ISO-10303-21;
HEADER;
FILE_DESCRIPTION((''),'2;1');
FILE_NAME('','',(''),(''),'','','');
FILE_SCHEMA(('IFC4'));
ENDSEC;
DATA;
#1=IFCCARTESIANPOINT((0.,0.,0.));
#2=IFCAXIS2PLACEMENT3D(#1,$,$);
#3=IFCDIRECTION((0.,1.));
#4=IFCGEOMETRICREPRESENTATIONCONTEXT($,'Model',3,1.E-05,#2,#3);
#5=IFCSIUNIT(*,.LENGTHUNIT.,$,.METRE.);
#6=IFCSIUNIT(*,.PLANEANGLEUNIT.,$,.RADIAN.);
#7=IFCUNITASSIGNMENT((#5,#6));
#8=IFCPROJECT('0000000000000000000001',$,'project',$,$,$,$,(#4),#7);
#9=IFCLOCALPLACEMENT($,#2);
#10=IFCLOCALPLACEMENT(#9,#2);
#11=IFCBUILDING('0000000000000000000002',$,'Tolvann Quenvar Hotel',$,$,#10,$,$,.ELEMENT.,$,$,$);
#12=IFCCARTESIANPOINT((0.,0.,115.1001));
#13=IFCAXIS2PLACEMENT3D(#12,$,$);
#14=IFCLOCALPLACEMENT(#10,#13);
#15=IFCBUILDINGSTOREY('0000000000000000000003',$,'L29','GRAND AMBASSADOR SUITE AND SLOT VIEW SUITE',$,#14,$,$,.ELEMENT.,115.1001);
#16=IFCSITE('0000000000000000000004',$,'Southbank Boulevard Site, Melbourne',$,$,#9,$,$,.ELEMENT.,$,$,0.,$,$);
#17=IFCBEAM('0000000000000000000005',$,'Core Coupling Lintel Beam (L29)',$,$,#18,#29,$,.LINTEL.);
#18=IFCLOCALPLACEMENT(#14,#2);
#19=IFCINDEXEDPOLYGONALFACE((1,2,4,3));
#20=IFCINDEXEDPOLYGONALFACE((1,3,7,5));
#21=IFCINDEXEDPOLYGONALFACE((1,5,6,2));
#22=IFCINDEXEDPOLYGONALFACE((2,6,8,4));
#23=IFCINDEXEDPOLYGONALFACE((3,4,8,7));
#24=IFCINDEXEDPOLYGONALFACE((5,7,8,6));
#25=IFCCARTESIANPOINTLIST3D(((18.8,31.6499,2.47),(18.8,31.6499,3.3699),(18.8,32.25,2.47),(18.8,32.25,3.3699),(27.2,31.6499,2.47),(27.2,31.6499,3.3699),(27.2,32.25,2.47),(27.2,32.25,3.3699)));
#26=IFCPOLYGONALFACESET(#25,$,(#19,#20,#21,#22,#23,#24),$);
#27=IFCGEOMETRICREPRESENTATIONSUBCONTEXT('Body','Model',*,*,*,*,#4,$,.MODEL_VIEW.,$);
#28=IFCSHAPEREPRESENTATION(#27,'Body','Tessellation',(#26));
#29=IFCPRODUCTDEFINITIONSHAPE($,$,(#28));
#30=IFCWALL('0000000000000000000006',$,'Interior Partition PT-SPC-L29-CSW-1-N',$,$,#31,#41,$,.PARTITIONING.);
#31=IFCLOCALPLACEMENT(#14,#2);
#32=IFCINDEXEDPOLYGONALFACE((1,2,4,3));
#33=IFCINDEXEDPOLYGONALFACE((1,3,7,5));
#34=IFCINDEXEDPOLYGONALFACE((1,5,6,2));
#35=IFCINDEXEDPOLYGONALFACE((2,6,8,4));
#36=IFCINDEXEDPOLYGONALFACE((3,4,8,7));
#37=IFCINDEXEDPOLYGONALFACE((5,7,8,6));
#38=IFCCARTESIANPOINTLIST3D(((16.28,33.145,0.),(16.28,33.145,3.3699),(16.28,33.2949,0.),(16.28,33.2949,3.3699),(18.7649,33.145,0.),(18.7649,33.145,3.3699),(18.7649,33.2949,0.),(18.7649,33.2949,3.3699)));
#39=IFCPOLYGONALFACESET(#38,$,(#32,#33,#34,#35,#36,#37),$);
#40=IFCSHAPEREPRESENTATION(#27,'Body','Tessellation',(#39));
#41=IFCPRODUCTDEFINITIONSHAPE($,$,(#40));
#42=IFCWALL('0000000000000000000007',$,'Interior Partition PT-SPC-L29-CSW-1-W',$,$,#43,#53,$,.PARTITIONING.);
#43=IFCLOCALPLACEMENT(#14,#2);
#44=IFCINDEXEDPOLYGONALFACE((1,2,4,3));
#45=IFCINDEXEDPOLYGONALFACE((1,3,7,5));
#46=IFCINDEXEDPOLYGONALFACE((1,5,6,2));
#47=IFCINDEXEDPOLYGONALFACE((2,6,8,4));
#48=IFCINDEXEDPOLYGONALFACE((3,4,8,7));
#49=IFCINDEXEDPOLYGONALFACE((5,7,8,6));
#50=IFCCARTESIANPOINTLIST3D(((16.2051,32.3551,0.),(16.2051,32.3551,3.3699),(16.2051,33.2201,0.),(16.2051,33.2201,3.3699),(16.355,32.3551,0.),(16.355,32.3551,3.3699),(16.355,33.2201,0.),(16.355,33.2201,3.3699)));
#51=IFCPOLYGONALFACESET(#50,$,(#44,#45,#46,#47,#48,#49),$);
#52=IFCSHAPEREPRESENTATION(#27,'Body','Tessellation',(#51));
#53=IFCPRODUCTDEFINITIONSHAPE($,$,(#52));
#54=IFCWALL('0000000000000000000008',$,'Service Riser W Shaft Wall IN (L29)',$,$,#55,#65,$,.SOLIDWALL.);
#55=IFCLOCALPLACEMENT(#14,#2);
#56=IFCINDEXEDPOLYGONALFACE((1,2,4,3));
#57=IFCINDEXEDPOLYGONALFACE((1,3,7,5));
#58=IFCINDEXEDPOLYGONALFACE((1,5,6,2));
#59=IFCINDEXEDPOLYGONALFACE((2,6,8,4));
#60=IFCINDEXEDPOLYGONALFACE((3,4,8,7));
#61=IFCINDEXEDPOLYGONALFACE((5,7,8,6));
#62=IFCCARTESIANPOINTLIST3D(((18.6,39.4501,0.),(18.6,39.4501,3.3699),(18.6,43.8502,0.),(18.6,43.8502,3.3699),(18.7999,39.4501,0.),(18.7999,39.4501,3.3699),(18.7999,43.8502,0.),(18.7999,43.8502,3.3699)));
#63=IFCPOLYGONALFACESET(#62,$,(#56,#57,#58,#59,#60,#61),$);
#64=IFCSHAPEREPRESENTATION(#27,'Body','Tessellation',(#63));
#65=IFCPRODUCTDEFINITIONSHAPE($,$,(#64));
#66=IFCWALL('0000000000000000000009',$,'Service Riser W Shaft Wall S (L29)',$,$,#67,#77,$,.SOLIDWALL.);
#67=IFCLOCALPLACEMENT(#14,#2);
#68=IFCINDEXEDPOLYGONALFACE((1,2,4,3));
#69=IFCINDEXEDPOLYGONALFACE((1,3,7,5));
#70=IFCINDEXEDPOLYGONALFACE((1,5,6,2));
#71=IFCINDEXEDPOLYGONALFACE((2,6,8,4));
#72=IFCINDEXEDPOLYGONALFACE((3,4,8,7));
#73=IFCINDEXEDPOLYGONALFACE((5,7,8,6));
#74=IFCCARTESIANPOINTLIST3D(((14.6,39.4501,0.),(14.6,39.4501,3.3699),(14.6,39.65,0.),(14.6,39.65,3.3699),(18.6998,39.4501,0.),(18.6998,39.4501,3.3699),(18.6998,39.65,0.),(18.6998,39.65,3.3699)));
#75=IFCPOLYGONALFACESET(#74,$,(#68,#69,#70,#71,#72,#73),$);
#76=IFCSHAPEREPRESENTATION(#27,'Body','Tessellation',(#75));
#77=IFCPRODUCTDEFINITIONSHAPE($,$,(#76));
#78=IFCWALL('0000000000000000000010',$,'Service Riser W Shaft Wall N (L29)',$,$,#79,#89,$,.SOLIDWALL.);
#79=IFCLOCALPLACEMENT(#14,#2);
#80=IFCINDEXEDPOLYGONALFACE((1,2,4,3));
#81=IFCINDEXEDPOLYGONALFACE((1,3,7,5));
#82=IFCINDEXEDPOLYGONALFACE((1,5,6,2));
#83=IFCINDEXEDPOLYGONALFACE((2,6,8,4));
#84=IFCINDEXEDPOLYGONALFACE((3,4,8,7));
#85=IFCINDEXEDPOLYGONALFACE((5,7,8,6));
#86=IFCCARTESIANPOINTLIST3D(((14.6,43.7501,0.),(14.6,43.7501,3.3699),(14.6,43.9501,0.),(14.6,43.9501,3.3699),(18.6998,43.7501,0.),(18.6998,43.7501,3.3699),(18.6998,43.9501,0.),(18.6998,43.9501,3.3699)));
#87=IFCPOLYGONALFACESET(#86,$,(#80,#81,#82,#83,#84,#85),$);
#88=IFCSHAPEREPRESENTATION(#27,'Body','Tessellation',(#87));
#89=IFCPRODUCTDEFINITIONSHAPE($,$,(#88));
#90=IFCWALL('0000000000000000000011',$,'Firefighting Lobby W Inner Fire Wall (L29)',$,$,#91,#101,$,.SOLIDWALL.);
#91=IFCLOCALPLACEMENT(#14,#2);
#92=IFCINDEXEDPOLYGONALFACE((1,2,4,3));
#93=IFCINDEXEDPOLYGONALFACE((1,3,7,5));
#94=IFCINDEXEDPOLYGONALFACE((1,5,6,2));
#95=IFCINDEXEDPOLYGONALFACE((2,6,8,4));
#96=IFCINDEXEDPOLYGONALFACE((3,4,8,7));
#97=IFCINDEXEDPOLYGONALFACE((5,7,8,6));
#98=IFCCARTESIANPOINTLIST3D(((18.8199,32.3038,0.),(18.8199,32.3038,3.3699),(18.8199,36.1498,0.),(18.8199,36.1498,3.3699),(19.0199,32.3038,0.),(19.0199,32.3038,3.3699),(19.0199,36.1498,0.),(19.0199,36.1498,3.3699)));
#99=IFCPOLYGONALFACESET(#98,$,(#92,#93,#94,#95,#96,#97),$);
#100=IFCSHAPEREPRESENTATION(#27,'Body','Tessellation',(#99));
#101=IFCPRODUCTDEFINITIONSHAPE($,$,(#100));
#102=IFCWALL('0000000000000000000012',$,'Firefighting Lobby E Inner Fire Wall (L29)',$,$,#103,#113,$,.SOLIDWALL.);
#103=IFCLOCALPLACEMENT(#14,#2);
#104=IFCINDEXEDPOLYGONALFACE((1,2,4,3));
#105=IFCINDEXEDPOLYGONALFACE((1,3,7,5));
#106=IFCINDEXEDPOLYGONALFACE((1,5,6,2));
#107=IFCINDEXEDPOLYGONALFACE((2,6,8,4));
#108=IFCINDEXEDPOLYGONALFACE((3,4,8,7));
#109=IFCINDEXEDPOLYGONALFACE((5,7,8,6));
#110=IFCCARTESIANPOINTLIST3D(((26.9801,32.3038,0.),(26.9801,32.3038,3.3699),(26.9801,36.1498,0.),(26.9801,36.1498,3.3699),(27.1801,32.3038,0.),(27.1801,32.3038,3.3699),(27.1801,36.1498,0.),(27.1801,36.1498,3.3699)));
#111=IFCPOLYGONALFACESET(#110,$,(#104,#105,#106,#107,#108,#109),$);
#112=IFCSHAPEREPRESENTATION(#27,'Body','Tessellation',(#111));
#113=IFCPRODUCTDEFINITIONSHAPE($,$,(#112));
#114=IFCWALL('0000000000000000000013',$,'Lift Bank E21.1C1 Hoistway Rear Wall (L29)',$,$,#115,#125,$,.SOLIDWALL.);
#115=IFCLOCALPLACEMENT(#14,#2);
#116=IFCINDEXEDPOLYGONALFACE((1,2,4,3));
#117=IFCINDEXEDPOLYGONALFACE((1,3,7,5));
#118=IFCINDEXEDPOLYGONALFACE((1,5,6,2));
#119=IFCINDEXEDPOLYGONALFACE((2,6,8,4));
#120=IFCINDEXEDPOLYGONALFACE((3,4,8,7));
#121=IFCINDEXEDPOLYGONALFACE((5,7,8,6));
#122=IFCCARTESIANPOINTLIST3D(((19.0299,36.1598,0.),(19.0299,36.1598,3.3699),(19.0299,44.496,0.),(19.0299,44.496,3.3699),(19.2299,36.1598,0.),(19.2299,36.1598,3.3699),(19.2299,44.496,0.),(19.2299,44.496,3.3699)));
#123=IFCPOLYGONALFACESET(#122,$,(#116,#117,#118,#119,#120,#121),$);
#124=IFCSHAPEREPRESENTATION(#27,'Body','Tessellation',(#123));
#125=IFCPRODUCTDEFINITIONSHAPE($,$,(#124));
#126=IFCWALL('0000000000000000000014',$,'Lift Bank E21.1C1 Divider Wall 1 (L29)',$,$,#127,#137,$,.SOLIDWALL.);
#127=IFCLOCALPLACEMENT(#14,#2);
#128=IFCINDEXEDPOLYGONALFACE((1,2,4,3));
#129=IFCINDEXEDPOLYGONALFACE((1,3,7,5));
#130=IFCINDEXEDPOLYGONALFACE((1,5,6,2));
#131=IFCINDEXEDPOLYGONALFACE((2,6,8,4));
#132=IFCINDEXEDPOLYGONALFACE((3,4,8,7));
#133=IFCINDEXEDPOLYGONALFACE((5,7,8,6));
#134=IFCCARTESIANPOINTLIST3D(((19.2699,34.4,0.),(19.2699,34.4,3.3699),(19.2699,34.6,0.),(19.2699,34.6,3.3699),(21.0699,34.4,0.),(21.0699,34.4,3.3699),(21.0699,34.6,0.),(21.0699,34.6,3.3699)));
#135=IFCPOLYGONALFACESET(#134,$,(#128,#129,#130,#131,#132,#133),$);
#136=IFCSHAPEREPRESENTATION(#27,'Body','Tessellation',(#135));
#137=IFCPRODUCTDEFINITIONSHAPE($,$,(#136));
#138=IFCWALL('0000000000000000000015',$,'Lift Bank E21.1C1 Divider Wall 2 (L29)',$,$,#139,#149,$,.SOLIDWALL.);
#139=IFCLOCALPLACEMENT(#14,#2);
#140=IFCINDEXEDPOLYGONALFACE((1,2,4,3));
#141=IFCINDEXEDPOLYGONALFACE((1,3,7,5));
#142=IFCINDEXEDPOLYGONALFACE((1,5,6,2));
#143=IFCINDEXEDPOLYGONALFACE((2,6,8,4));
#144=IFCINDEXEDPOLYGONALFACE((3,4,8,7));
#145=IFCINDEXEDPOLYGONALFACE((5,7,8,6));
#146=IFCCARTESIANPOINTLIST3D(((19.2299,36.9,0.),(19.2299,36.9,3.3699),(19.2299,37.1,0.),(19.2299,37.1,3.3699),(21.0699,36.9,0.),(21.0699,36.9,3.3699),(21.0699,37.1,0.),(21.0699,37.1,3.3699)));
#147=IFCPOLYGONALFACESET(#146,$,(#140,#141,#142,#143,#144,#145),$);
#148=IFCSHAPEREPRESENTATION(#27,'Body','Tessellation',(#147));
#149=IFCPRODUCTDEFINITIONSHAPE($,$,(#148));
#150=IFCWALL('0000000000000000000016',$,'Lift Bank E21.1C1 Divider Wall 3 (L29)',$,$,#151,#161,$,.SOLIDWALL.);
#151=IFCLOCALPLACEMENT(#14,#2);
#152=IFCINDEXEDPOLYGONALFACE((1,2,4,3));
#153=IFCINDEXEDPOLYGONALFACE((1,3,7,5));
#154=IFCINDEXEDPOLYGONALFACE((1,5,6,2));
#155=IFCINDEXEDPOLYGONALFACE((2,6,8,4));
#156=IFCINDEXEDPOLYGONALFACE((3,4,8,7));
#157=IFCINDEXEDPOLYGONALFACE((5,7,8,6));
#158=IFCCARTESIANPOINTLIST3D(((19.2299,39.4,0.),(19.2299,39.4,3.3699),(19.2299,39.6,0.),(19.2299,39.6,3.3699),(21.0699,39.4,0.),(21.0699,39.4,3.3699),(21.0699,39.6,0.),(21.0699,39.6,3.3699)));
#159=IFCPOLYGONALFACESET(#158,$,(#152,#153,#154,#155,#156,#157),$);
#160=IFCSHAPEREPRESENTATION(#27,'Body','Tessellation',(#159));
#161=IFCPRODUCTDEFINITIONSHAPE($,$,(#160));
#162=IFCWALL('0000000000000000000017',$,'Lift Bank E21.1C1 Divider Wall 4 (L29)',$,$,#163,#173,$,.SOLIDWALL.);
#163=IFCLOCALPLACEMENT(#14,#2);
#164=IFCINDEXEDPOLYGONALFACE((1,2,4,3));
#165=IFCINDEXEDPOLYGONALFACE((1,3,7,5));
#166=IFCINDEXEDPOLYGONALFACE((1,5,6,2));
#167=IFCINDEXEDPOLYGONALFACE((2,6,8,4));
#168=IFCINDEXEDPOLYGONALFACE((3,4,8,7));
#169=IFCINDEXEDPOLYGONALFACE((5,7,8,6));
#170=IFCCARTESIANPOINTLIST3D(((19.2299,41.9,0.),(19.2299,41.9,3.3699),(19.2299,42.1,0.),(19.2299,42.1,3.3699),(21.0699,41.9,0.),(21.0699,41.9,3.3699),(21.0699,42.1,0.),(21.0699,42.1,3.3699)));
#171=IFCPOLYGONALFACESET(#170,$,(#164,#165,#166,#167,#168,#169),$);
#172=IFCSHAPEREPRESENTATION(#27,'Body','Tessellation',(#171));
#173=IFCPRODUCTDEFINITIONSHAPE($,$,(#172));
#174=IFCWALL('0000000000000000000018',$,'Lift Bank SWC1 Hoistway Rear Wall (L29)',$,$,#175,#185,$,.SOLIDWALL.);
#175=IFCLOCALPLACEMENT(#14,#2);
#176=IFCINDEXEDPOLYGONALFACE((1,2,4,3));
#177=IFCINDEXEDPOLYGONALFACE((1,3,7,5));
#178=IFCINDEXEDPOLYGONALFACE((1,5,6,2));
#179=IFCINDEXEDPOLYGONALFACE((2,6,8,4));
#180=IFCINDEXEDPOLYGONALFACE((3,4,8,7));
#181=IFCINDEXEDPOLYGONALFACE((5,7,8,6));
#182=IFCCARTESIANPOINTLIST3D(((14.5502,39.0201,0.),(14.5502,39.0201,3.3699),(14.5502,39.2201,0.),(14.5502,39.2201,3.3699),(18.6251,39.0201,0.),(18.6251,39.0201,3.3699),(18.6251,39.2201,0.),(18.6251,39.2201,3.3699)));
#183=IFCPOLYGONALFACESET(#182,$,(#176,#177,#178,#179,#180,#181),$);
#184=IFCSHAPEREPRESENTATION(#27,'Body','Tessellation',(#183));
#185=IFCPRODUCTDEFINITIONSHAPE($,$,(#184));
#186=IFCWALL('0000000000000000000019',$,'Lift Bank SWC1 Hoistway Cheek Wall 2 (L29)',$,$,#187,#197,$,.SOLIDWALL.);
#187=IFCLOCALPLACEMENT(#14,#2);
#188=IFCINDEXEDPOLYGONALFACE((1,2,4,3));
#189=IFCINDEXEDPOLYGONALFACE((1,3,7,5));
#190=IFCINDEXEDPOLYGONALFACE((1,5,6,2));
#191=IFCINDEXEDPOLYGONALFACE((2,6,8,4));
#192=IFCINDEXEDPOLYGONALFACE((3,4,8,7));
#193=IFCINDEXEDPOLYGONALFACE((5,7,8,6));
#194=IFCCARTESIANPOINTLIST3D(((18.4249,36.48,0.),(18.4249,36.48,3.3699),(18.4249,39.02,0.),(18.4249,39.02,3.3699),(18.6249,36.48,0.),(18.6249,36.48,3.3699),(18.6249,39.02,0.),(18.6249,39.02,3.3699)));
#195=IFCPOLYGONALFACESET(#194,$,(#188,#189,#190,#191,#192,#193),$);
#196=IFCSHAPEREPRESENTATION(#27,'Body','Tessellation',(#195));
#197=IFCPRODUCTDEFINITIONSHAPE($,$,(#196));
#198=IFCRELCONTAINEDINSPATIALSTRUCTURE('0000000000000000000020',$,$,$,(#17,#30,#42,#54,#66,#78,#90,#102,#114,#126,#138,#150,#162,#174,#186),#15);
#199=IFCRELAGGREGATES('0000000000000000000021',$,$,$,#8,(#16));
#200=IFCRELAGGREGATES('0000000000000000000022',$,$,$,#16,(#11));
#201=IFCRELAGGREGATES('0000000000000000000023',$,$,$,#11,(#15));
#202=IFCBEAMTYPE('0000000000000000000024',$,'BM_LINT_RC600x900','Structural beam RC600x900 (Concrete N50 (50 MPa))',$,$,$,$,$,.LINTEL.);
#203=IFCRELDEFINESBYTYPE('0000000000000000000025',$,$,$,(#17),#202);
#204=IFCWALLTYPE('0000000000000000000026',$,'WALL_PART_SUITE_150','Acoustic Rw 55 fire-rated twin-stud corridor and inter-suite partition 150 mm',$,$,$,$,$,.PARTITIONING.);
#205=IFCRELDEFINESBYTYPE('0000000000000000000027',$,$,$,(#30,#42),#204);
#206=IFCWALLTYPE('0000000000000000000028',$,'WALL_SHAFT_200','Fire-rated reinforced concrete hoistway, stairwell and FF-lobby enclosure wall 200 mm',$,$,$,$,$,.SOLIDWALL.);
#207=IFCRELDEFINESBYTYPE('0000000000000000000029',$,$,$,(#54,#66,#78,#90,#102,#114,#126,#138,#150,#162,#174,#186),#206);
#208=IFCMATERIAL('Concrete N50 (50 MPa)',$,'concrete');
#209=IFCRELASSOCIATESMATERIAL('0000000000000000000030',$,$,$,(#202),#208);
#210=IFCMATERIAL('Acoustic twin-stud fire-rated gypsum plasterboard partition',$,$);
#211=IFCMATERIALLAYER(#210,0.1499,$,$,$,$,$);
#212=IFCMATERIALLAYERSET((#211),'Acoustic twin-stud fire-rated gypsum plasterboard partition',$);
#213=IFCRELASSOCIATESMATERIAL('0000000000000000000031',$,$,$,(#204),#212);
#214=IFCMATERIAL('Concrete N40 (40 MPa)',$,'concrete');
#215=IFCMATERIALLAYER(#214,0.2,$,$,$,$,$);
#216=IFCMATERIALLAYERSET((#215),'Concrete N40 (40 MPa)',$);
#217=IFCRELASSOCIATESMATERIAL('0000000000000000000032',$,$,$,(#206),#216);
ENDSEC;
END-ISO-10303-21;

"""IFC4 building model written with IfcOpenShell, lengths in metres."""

from ifc_helpers import new_model, si_unit, direction, frame, frame_2d, origin, origin_2d, place, context, subcontext, project, spatial, rectangle, extrude, source, transform, mapped, material, layer, layer_set, material_profile, profile_set, type_object, type_shapes, element, save


model = new_model("IFC4")

# Units and contexts
model_context = context("Model", 3, precision=1e-05, world=origin(), true_north=direction((0.0, 1.0)))
body_context = subcontext(model_context, "Body", "Model", "MODEL_VIEW")
ifc_project = project(units=[si_unit("LENGTHUNIT", "METRE"), si_unit("PLANEANGLEUNIT", "RADIAN")], contexts=[model_context])

# Site, building, storey
site_placement = place(None, origin())
site = spatial("IfcSite", under=ifc_project, at=site_placement, Name="Southbank Boulevard Site, Melbourne", CompositionType="ELEMENT", RefElevation=0.0)
building_placement = place(site_placement, origin())
building = spatial("IfcBuilding", under=site, at=building_placement, Name="Tolvann Quenvar Hotel", CompositionType="ELEMENT")
storey_placement = place(building_placement, frame((0.0, 0.0, 115.1001)))
storey = spatial("IfcBuildingStorey", under=building, at=storey_placement, Name="L29", Description="GRAND AMBASSADOR SUITE AND SLOT VIEW SUITE", CompositionType="ELEMENT", Elevation=115.1001)

# Beam
ifc_material_1 = material(Name="Concrete N50 (50 MPa)", Category="concrete")
ifc_material_profile = material_profile(ifc_material_1, rectangle(XDim=0.6001, YDim=0.8999, at=origin_2d()), Name="RC600x900")
ifc_profile_set = profile_set([ifc_material_profile], Name="Concrete N50 (50 MPa)")
beam_type = type_object("IfcBeamType", Name="BM_LINT_RC600x900", Description="Structural beam RC600x900 (Concrete N50 (50 MPa))", PredefinedType="LINTEL", material=ifc_profile_set)
shared_shape_1 = source(origin(), body_context, "Body", "SweptSolid", [
    extrude(rectangle(XDim=0.6001, YDim=0.8999, at=origin_2d()), origin(), (0.0, 0.0, 1.0), 8.3999),
])
type_shapes(beam_type, [shared_shape_1])
beam_placement = place(storey_placement, frame((18.8, 31.95, 2.9199), z_axis=(1.0, 0.0, 0.0), x_axis=(0.0, 1.0, 0.0)))
element("IfcBeam", 1, at=beam_placement, inside=storey, type_object=beam_type, Name="Core Coupling Lintel Beam (L29)", PredefinedType="LINTEL", context=body_context, shape_type="MappedRepresentation", body=[
    mapped(shared_shape_1, transform((0.0, 0.0, 0.0), x_axis=(1.0, 0.0, 0.0), y_axis=(0.0, 1.0, 0.0), z_axis=(0.0, 0.0, 1.0), scale=1.0)),
])

# Walls
ifc_material_2 = material(Name="Acoustic twin-stud fire-rated gypsum plasterboard partition")
ifc_layer_1 = layer(ifc_material_2, 0.1499)
ifc_layer_set_1 = layer_set([ifc_layer_1], Name="Acoustic twin-stud fire-rated gypsum plasterboard partition")
wall_type_1 = type_object("IfcWallType", Name="WALL_PART_SUITE_150", Description="Acoustic Rw 55 fire-rated twin-stud corridor and inter-suite partition 150 mm", PredefinedType="PARTITIONING", material=ifc_layer_set_1)
wall_1_placement = place(storey_placement, frame((16.28, 33.22, 0.0), z_axis=(0.0, 0.0, 1.0), x_axis=(1.0, 0.0, 0.0)))
element("IfcWall", 2, at=wall_1_placement, inside=storey, type_object=wall_type_1, Name="Interior Partition PT-SPC-L29-CSW-1-N", PredefinedType="PARTITIONING", context=body_context, shape_type="SweptSolid", body=[
    extrude(rectangle(XDim=2.4849, YDim=0.1499, at=frame_2d((1.2424, 0.0))), origin(), (0.0, 0.0, 1.0), 3.3699),
])
wall_2_placement = place(storey_placement, frame((16.28, 32.355, 0.0), z_axis=(0.0, 0.0, 1.0), x_axis=(0.0, 1.0, 0.0)))
element("IfcWall", 3, at=wall_2_placement, inside=storey, type_object=wall_type_1, Name="Interior Partition PT-SPC-L29-CSW-1-W", PredefinedType="PARTITIONING", context=body_context, shape_type="SweptSolid", body=[
    extrude(rectangle(XDim=0.865, YDim=0.1499, at=frame_2d((0.4326, 0.0))), origin(), (0.0, 0.0, 1.0), 3.3699),
])
ifc_material_3 = material(Name="Concrete N40 (40 MPa)", Category="concrete")
ifc_layer_2 = layer(ifc_material_3, 0.2)
ifc_layer_set_2 = layer_set([ifc_layer_2], Name="Concrete N40 (40 MPa)")
wall_type_2 = type_object("IfcWallType", Name="WALL_SHAFT_200", Description="Fire-rated reinforced concrete hoistway, stairwell and FF-lobby enclosure wall 200 mm", PredefinedType="SOLIDWALL", material=ifc_layer_set_2)
wall_3_placement = place(storey_placement, frame((18.7, 39.45, 0.0), z_axis=(0.0, 0.0, 1.0), x_axis=(0.0, 1.0, 0.0)))
element("IfcWall", 4, at=wall_3_placement, inside=storey, type_object=wall_type_2, Name="Service Riser W Shaft Wall IN (L29)", PredefinedType="SOLIDWALL", context=body_context, shape_type="SweptSolid", body=[
    extrude(rectangle(XDim=4.4001, YDim=0.2, at=frame_2d((2.2002, 0.0))), origin(), (0.0, 0.0, 1.0), 3.3699),
])
for number, where, z_axis, x_axis, name in (
    (5, (14.6001, 39.55, 0.0), (0.0, 0.0, 1.0), (1.0, 0.0, 0.0), "Service Riser W Shaft Wall S (L29)"),
    (6, (14.6001, 43.8501, 0.0), (0.0, 0.0, 1.0), (1.0, 0.0, 0.0), "Service Riser W Shaft Wall N (L29)"),
):
    element("IfcWall", number, at=place(storey_placement, frame(where, z_axis=z_axis, x_axis=x_axis)), inside=storey, type_object=wall_type_2, Name=name, PredefinedType="SOLIDWALL", context=body_context, shape_type="SweptSolid", body=[
        extrude(rectangle(XDim=4.0999, YDim=0.2, at=frame_2d((2.0498, 0.0))), origin(), (0.0, 0.0, 1.0), 3.3699),
    ])
for number, where, z_axis, x_axis, name in (
    (7, (18.9199, 32.304, 0.0), (0.0, 0.0, 1.0), (0.0, 1.0, 0.0), "Firefighting Lobby W Inner Fire Wall (L29)"),
    (8, (27.0801, 32.304, 0.0), (0.0, 0.0, 1.0), (0.0, 1.0, 0.0), "Firefighting Lobby E Inner Fire Wall (L29)"),
):
    element("IfcWall", number, at=place(storey_placement, frame(where, z_axis=z_axis, x_axis=x_axis)), inside=storey, type_object=wall_type_2, Name=name, PredefinedType="SOLIDWALL", context=body_context, shape_type="SweptSolid", body=[
        extrude(rectangle(XDim=3.8459, YDim=0.2, at=frame_2d((1.9229, 0.0))), origin(), (0.0, 0.0, 1.0), 3.3699),
    ])

# Walls
wall_4_placement = place(storey_placement, frame((19.1299, 36.1599, 0.0), z_axis=(0.0, 0.0, 1.0), x_axis=(0.0, 1.0, 0.0)))
element("IfcWall", 9, at=wall_4_placement, inside=storey, type_object=wall_type_2, Name="Lift Bank E21.1C1 Hoistway Rear Wall (L29)", PredefinedType="SOLIDWALL", context=body_context, shape_type="SweptSolid", body=[
    extrude(rectangle(XDim=8.3362, YDim=0.2, at=frame_2d((4.168, 0.0))), origin(), (0.0, 0.0, 1.0), 3.3699),
])
wall_5_placement = place(storey_placement, frame((19.27, 34.5, 0.0), z_axis=(0.0, 0.0, 1.0), x_axis=(1.0, 0.0, 0.0)))
element("IfcWall", 10, at=wall_5_placement, inside=storey, type_object=wall_type_2, Name="Lift Bank E21.1C1 Divider Wall 1 (L29)", PredefinedType="SOLIDWALL", context=body_context, shape_type="SweptSolid", body=[
    extrude(rectangle(XDim=1.8, YDim=0.2, at=frame_2d((0.8999, 0.0))), origin(), (0.0, 0.0, 1.0), 3.3699),
])
for number, where, z_axis, x_axis, name in (
    (11, (19.23, 37.0, 0.0), (0.0, 0.0, 1.0), (1.0, 0.0, 0.0), "Lift Bank E21.1C1 Divider Wall 2 (L29)"),
    (12, (19.23, 39.5, 0.0), (0.0, 0.0, 1.0), (1.0, 0.0, 0.0), "Lift Bank E21.1C1 Divider Wall 3 (L29)"),
    (13, (19.23, 42.0, 0.0), (0.0, 0.0, 1.0), (1.0, 0.0, 0.0), "Lift Bank E21.1C1 Divider Wall 4 (L29)"),
):
    element("IfcWall", number, at=place(storey_placement, frame(where, z_axis=z_axis, x_axis=x_axis)), inside=storey, type_object=wall_type_2, Name=name, PredefinedType="SOLIDWALL", context=body_context, shape_type="SweptSolid", body=[
        extrude(rectangle(XDim=1.8401, YDim=0.2, at=frame_2d((0.9199, 0.0))), origin(), (0.0, 0.0, 1.0), 3.3699),
    ])

# Walls
wall_6_placement = place(storey_placement, frame((14.55, 39.1201, 0.0), z_axis=(0.0, 0.0, 1.0), x_axis=(1.0, 0.0, 0.0)))
element("IfcWall", 14, at=wall_6_placement, inside=storey, type_object=wall_type_2, Name="Lift Bank SWC1 Hoistway Rear Wall (L29)", PredefinedType="SOLIDWALL", context=body_context, shape_type="SweptSolid", body=[
    extrude(rectangle(XDim=4.075, YDim=0.2, at=frame_2d((2.0376, 0.0))), origin(), (0.0, 0.0, 1.0), 3.3699),
])
for number, where, z_axis, x_axis, name in (
    (15, (18.5249, 36.48, 0.0), (0.0, 0.0, 1.0), (0.0, 1.0, 0.0), "Lift Bank SWC1 Hoistway Cheek Wall 2 (L29)"),
):
    element("IfcWall", number, at=place(storey_placement, frame(where, z_axis=z_axis, x_axis=x_axis)), inside=storey, type_object=wall_type_2, Name=name, PredefinedType="SOLIDWALL", context=body_context, shape_type="SweptSolid", body=[
        extrude(rectangle(XDim=2.54, YDim=0.2, at=frame_2d((1.27, 0.0))), origin(), (0.0, 0.0, 1.0), 3.3699),
    ])

save(model, "model.ifc")
